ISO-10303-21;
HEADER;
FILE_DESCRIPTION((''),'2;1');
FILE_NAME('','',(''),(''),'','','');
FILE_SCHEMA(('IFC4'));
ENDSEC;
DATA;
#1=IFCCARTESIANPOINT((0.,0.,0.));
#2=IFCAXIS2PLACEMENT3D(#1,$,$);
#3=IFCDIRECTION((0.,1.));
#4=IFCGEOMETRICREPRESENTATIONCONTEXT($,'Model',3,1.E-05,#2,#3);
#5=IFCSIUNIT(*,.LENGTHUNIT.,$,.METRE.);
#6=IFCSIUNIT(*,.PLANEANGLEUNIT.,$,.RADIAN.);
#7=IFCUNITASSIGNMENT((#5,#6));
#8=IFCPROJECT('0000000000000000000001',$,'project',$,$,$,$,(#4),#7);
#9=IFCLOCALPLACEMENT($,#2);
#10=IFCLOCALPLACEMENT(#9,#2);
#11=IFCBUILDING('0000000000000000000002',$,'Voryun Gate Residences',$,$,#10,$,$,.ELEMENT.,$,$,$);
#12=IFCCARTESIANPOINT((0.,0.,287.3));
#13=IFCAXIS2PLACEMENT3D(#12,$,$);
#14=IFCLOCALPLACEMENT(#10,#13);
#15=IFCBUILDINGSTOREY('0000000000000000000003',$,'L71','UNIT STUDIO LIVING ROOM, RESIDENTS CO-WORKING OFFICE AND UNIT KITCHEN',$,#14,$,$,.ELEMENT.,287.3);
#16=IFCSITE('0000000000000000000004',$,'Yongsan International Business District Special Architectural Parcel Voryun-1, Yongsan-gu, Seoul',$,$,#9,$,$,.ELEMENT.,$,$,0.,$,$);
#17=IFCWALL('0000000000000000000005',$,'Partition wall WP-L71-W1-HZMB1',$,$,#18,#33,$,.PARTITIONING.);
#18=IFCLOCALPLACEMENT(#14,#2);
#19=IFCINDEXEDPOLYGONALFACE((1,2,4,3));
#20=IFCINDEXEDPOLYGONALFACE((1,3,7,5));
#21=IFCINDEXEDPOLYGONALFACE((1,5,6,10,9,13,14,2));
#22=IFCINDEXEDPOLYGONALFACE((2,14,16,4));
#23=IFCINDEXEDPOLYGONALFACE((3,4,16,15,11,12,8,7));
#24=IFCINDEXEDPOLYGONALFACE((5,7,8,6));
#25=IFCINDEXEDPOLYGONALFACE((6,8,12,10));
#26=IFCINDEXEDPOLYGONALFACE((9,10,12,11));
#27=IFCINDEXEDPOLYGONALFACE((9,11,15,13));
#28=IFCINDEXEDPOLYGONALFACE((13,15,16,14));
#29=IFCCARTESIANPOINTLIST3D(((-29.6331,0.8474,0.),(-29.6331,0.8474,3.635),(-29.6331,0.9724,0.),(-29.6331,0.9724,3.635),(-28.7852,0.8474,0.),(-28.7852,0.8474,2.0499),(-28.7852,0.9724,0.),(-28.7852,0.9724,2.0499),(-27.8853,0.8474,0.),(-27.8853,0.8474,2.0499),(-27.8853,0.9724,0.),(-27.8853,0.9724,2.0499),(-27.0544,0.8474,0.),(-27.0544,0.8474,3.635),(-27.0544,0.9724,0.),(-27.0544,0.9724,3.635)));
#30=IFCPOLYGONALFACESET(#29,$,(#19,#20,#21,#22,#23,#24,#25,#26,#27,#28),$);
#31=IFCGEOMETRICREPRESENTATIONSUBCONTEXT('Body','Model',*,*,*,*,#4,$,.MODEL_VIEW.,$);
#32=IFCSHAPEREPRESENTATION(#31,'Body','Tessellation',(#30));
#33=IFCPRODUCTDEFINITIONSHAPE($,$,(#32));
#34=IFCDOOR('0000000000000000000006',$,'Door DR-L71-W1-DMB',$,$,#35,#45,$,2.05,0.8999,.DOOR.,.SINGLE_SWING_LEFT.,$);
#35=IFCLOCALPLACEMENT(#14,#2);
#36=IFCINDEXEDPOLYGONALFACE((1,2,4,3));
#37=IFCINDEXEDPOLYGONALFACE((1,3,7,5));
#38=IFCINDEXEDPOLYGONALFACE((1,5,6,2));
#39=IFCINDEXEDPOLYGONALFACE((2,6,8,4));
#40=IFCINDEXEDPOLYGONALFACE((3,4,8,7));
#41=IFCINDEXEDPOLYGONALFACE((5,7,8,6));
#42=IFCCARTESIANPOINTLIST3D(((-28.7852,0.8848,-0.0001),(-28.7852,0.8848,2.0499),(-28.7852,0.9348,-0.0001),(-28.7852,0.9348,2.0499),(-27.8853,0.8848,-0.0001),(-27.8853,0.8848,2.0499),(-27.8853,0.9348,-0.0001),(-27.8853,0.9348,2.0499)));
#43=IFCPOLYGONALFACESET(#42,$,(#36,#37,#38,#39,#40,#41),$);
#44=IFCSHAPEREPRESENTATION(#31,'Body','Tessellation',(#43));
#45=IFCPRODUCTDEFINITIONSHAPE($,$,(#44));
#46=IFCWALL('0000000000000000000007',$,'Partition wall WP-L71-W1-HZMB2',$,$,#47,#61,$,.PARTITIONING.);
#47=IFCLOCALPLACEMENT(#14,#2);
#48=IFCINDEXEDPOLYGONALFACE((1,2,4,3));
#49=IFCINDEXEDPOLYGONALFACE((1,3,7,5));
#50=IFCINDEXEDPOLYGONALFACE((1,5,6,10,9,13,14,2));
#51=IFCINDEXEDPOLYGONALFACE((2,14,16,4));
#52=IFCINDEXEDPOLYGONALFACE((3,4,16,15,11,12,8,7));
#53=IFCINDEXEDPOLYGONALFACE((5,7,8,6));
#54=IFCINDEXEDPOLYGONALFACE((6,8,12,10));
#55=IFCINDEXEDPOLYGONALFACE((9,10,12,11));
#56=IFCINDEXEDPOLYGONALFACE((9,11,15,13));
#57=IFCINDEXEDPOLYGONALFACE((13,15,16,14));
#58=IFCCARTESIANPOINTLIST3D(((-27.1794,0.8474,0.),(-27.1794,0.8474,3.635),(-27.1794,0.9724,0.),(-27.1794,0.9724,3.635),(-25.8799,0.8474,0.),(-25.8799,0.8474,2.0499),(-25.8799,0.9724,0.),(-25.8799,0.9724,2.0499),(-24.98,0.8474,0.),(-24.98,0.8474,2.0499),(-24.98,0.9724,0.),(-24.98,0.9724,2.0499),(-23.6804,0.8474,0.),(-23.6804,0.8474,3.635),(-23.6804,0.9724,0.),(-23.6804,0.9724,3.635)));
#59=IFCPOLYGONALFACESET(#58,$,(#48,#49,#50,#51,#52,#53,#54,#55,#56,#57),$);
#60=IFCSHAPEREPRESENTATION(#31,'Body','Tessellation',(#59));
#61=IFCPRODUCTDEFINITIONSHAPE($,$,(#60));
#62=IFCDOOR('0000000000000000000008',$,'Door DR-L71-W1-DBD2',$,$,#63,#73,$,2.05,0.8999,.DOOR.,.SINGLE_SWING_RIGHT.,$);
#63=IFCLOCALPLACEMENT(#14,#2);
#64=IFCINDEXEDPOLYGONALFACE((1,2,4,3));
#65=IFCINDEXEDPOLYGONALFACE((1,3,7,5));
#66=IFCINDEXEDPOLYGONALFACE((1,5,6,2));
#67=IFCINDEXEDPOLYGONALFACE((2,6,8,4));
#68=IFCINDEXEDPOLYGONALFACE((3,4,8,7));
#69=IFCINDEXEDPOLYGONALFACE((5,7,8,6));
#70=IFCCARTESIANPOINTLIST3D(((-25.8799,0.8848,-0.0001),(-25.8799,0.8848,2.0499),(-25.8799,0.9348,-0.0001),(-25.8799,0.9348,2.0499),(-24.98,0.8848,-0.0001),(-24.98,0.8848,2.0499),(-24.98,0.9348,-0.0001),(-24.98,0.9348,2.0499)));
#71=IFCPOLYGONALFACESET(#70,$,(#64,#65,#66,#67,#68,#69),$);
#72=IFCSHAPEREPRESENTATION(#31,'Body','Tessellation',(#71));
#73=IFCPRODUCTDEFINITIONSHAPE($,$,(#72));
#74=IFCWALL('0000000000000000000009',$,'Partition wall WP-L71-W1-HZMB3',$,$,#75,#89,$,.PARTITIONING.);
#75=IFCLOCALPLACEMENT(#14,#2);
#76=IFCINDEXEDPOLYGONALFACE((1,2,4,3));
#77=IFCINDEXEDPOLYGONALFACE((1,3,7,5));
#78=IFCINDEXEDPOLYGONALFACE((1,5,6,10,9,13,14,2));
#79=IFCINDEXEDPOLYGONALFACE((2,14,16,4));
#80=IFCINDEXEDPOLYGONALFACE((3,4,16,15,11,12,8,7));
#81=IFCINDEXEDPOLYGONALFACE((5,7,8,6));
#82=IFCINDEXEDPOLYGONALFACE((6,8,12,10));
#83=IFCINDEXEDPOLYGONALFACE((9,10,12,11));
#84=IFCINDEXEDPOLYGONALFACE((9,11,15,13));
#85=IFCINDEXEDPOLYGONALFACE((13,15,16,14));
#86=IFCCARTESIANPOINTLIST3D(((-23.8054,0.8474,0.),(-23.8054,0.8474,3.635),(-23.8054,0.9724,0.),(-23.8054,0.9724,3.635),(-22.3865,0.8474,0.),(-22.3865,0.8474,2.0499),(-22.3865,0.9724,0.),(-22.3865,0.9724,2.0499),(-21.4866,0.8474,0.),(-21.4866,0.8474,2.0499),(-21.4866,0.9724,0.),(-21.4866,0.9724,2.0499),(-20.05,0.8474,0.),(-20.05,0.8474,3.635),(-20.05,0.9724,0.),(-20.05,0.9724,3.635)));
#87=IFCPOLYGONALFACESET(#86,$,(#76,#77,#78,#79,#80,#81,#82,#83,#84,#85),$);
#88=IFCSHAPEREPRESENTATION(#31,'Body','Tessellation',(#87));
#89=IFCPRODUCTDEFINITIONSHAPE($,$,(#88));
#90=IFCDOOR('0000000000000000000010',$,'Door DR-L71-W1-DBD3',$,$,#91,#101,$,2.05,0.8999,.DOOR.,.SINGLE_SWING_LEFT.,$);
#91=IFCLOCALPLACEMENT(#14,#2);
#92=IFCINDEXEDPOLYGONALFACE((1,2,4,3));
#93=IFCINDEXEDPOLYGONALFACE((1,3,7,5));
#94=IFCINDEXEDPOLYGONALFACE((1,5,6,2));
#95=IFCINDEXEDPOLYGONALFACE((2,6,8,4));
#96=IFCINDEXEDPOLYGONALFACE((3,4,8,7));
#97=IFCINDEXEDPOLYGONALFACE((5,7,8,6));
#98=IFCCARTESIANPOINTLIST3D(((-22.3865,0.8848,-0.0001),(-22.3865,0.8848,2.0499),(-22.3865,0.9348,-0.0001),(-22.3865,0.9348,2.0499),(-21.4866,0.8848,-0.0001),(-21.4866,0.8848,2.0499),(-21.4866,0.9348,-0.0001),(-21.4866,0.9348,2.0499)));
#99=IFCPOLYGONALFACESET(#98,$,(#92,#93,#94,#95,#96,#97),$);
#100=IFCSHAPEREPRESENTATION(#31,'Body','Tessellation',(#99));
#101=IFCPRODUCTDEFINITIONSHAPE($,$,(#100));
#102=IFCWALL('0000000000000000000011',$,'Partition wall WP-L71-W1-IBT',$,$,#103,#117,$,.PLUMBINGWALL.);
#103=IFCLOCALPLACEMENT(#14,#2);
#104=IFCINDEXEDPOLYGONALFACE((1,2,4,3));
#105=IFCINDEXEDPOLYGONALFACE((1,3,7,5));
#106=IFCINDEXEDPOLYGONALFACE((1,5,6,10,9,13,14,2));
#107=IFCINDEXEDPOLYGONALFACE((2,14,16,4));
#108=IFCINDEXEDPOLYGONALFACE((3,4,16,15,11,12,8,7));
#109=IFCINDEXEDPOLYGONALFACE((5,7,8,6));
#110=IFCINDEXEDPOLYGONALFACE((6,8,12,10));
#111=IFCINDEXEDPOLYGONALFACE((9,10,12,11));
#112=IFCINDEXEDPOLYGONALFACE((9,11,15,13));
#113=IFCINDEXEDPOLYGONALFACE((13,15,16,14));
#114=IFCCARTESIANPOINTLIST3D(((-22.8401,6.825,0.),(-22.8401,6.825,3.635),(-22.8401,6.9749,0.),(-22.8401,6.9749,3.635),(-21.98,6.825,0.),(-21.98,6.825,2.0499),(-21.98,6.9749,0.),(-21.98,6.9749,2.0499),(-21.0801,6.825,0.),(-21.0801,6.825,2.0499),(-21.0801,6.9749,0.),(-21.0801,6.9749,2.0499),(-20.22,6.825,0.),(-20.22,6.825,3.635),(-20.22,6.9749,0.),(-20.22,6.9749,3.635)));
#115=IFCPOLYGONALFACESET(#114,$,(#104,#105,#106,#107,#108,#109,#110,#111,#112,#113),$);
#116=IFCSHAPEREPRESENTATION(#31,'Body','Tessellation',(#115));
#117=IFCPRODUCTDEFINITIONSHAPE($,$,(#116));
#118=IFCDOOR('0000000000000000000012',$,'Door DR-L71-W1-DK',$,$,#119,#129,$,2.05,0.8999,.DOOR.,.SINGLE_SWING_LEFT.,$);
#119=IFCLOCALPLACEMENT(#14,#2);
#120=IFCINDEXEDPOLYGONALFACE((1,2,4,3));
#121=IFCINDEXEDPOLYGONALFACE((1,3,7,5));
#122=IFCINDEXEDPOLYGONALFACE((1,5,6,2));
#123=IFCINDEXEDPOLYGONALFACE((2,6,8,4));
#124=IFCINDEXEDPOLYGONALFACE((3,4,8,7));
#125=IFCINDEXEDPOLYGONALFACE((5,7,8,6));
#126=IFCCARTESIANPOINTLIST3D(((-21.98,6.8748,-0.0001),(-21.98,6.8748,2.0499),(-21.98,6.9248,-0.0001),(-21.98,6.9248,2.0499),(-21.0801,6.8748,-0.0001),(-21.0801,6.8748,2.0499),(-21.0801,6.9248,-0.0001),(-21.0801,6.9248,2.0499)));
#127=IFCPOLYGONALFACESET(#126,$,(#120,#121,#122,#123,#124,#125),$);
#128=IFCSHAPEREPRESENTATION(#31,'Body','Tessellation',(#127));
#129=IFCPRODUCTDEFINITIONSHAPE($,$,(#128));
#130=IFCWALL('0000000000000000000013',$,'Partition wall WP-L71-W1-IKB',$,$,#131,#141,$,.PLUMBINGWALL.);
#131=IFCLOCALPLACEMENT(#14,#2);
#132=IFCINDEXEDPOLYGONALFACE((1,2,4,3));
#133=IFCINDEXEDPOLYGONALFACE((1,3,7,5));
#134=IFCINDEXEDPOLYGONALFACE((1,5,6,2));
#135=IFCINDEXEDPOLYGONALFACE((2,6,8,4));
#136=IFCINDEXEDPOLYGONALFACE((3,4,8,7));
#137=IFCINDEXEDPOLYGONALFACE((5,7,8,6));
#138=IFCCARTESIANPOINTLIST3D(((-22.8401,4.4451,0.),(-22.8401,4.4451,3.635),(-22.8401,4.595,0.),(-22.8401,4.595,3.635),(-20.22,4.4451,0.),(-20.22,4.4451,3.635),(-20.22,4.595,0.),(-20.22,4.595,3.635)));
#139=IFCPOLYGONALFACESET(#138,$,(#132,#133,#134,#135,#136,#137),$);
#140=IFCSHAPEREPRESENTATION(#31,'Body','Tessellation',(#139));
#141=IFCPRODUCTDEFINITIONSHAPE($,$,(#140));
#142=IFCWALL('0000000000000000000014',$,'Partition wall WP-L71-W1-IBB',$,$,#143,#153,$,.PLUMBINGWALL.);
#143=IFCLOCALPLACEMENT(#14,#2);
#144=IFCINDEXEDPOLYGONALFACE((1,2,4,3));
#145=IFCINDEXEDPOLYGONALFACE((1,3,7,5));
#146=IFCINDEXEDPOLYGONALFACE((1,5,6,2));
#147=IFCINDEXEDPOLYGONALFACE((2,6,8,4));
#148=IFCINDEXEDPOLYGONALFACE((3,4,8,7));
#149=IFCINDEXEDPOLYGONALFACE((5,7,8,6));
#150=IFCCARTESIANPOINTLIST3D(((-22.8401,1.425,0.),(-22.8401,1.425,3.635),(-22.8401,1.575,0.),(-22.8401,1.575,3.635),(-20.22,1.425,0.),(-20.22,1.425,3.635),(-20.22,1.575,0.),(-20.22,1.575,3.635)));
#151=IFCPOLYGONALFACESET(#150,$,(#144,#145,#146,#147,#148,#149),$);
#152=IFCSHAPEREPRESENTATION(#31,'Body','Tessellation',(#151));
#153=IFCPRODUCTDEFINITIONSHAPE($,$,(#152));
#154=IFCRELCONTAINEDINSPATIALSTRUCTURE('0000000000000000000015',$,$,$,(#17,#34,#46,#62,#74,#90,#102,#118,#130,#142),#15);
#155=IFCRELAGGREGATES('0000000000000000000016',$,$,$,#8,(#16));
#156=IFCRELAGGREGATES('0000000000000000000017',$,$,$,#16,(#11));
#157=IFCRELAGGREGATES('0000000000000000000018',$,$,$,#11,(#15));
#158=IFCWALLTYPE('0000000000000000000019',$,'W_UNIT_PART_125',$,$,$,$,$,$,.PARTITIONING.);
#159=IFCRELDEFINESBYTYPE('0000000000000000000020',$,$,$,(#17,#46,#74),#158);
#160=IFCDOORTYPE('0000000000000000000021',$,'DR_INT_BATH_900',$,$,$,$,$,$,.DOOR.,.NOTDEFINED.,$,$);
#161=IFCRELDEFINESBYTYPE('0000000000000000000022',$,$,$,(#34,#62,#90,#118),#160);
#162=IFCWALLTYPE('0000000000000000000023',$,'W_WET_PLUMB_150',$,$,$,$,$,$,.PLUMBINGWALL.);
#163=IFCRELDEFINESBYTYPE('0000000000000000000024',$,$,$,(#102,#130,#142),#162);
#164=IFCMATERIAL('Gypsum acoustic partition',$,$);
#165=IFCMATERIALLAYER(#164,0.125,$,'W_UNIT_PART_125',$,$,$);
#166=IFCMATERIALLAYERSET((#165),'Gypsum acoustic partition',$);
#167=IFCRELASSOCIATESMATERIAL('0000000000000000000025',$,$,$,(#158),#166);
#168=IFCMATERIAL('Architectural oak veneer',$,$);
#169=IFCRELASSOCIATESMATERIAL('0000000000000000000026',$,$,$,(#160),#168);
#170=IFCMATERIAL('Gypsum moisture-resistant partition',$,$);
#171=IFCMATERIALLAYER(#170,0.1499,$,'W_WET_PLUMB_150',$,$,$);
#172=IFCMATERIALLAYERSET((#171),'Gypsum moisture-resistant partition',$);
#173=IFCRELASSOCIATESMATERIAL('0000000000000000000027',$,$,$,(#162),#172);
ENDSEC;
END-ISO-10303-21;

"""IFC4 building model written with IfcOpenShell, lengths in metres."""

from ifc_helpers import new_model, si_unit, direction, frame, frame_2d, origin, place, context, subcontext, project, spatial, rectangle, extrude, material, layer, layer_set, type_object, element, fill, save


model = new_model("IFC4")

# Units and contexts
model_context = context("Model", 3, precision=1e-05, world=origin(), true_north=direction((0.0, 1.0)))
body_context = subcontext(model_context, "Body", "Model", "MODEL_VIEW")
ifc_project = project(units=[si_unit("LENGTHUNIT", "METRE"), si_unit("PLANEANGLEUNIT", "RADIAN")], contexts=[model_context])

# Site, building, storey
site_placement = place(None, origin())
site = spatial("IfcSite", under=ifc_project, at=site_placement, Name="Yongsan International Business District Special Architectural Parcel Voryun-1, Yongsan-gu, Seoul", CompositionType="ELEMENT", RefElevation=0.0)
building_placement = place(site_placement, origin())
building = spatial("IfcBuilding", under=site, at=building_placement, Name="Voryun Gate Residences", CompositionType="ELEMENT")
storey_placement = place(building_placement, frame((0.0, 0.0, 287.3)))
storey = spatial("IfcBuildingStorey", under=building, at=storey_placement, Name="L71", Description="UNIT STUDIO LIVING ROOM, RESIDENTS CO-WORKING OFFICE AND UNIT KITCHEN", CompositionType="ELEMENT", Elevation=287.3)

# Walls, openings, doors
ifc_material_1 = material(Name="Gypsum acoustic partition")
ifc_layer_1 = layer(ifc_material_1, 0.125, Name="W_UNIT_PART_125")
ifc_layer_set_1 = layer_set([ifc_layer_1], Name="Gypsum acoustic partition")
wall_type_1 = type_object("IfcWallType", Name="W_UNIT_PART_125", PredefinedType="PARTITIONING", material=ifc_layer_set_1)
wall_1_placement = place(storey_placement, frame((-29.6331, 0.9099, 0.0), z_axis=(0.0, 0.0, 1.0), x_axis=(1.0, 0.0, 0.0)))
wall_1 = element("IfcWall", 1, at=wall_1_placement, inside=storey, type_object=wall_type_1, Name="Partition wall WP-L71-W1-HZMB1", PredefinedType="PARTITIONING", context=body_context, shape_type="SweptSolid", body=[
    extrude(rectangle(XDim=2.5786, YDim=0.125, at=frame_2d((1.2893, 0.0))), origin(), (0.0, 0.0, 1.0), 3.635),
])
opening_1_placement = place(wall_1_placement, frame((0.8479, 0.0, 0.0)))
opening_1 = element("IfcOpeningElement", 2, at=opening_1_placement, cuts=wall_1, PredefinedType="OPENING", context=body_context, shape_type="SweptSolid", body=[
    extrude(rectangle(XDim=0.8999, YDim=2.05, at=frame_2d((0.45, 1.0249))), frame((0.0, 0.0725, 0.0), z_axis=(0.0, -1.0, 0.0), x_axis=(1.0, 0.0, 0.0)), (0.0, 0.0, 1.0), 0.145),
])
ifc_material_2 = material(Name="Architectural oak veneer")
door_type_1 = type_object("IfcDoorType", Name="DR_INT_BATH_900", OperationType="NOTDEFINED", PredefinedType="DOOR", material=ifc_material_2)
door_1_placement = place(opening_1_placement, origin())
door_1 = element("IfcDoor", 3, at=door_1_placement, inside=storey, type_object=door_type_1, Name="Door DR-L71-W1-DMB", OperationType="SINGLE_SWING_LEFT", OverallHeight=2.05, OverallWidth=0.8999, PredefinedType="DOOR", context=body_context, shape_type="SweptSolid", body=[
    extrude(rectangle(XDim=0.8999, YDim=2.05, at=frame_2d((0.45, 1.0249))), frame((0.0, 0.0249, 0.0), z_axis=(0.0, -1.0, 0.0), x_axis=(1.0, 0.0, 0.0)), (0.0, 0.0, 1.0), 0.05),
])
fill(opening_1, door_1)
wall_2_placement = place(storey_placement, frame((-27.1794, 0.9099, 0.0), z_axis=(0.0, 0.0, 1.0), x_axis=(1.0, 0.0, 0.0)))
wall_2 = element("IfcWall", 4, at=wall_2_placement, inside=storey, type_object=wall_type_1, Name="Partition wall WP-L71-W1-HZMB2", PredefinedType="PARTITIONING", context=body_context, shape_type="SweptSolid", body=[
    extrude(rectangle(XDim=3.499, YDim=0.125, at=frame_2d((1.7495, 0.0))), origin(), (0.0, 0.0, 1.0), 3.635),
])
opening_2_placement = place(wall_2_placement, frame((1.2996, 0.0, 0.0)))
opening_2 = element("IfcOpeningElement", 5, at=opening_2_placement, cuts=wall_2, PredefinedType="OPENING", context=body_context, shape_type="SweptSolid", body=[
    extrude(rectangle(XDim=0.8999, YDim=2.05, at=frame_2d((0.45, 1.0249))), frame((0.0, 0.0725, 0.0), z_axis=(0.0, -1.0, 0.0), x_axis=(1.0, 0.0, 0.0)), (0.0, 0.0, 1.0), 0.145),
])
door_2_placement = place(opening_2_placement, origin())
door_2 = element("IfcDoor", 6, at=door_2_placement, inside=storey, type_object=door_type_1, Name="Door DR-L71-W1-DBD2", OperationType="SINGLE_SWING_RIGHT", OverallHeight=2.05, OverallWidth=0.8999, PredefinedType="DOOR", context=body_context, shape_type="SweptSolid", body=[
    extrude(rectangle(XDim=0.8999, YDim=2.05, at=frame_2d((0.45, 1.0249))), frame((0.0, 0.0249, 0.0), z_axis=(0.0, -1.0, 0.0), x_axis=(1.0, 0.0, 0.0)), (0.0, 0.0, 1.0), 0.05),
])
fill(opening_2, door_2)
wall_3_placement = place(storey_placement, frame((-23.8054, 0.9099, 0.0), z_axis=(0.0, 0.0, 1.0), x_axis=(1.0, 0.0, 0.0)))
wall_3 = element("IfcWall", 7, at=wall_3_placement, inside=storey, type_object=wall_type_1, Name="Partition wall WP-L71-W1-HZMB3", PredefinedType="PARTITIONING", context=body_context, shape_type="SweptSolid", body=[
    extrude(rectangle(XDim=3.7554, YDim=0.125, at=frame_2d((1.8777, 0.0))), origin(), (0.0, 0.0, 1.0), 3.635),
])
opening_3_placement = place(wall_3_placement, frame((1.4189, 0.0, 0.0)))
opening_3 = element("IfcOpeningElement", 8, at=opening_3_placement, cuts=wall_3, PredefinedType="OPENING", context=body_context, shape_type="SweptSolid", body=[
    extrude(rectangle(XDim=0.8999, YDim=2.05, at=frame_2d((0.45, 1.0249))), frame((0.0, 0.0725, 0.0), z_axis=(0.0, -1.0, 0.0), x_axis=(1.0, 0.0, 0.0)), (0.0, 0.0, 1.0), 0.145),
])
door_3_placement = place(opening_3_placement, origin())
door_3 = element("IfcDoor", 9, at=door_3_placement, inside=storey, type_object=door_type_1, Name="Door DR-L71-W1-DBD3", OperationType="SINGLE_SWING_LEFT", OverallHeight=2.05, OverallWidth=0.8999, PredefinedType="DOOR", context=body_context, shape_type="SweptSolid", body=[
    extrude(rectangle(XDim=0.8999, YDim=2.05, at=frame_2d((0.45, 1.0249))), frame((0.0, 0.0249, 0.0), z_axis=(0.0, -1.0, 0.0), x_axis=(1.0, 0.0, 0.0)), (0.0, 0.0, 1.0), 0.05),
])
fill(opening_3, door_3)
ifc_material_3 = material(Name="Gypsum moisture-resistant partition")
ifc_layer_2 = layer(ifc_material_3, 0.1499, Name="W_WET_PLUMB_150")
ifc_layer_set_2 = layer_set([ifc_layer_2], Name="Gypsum moisture-resistant partition")
wall_type_2 = type_object("IfcWallType", Name="W_WET_PLUMB_150", PredefinedType="PLUMBINGWALL", material=ifc_layer_set_2)
wall_4_placement = place(storey_placement, frame((-22.8401, 6.8999, 0.0), z_axis=(0.0, 0.0, 1.0), x_axis=(1.0, 0.0, 0.0)))
wall_4 = element("IfcWall", 10, at=wall_4_placement, inside=storey, type_object=wall_type_2, Name="Partition wall WP-L71-W1-IBT", PredefinedType="PLUMBINGWALL", context=body_context, shape_type="SweptSolid", body=[
    extrude(rectangle(XDim=2.6201, YDim=0.1499, at=frame_2d((1.3101, 0.0))), origin(), (0.0, 0.0, 1.0), 3.635),
])
opening_4_placement = place(wall_4_placement, frame((0.8601, 0.0, 0.0)))
opening_4 = element("IfcOpeningElement", 11, at=opening_4_placement, cuts=wall_4, PredefinedType="OPENING", context=body_context, shape_type="SweptSolid", body=[
    extrude(rectangle(XDim=0.8999, YDim=2.05, at=frame_2d((0.45, 1.0249))), frame((0.0, 0.085, 0.0), z_axis=(0.0, -1.0, 0.0), x_axis=(1.0, 0.0, 0.0)), (0.0, 0.0, 1.0), 0.1699),
])
door_4_placement = place(opening_4_placement, origin())
door_4 = element("IfcDoor", 12, at=door_4_placement, inside=storey, type_object=door_type_1, Name="Door DR-L71-W1-DK", OperationType="SINGLE_SWING_LEFT", OverallHeight=2.05, OverallWidth=0.8999, PredefinedType="DOOR", context=body_context, shape_type="SweptSolid", body=[
    extrude(rectangle(XDim=0.8999, YDim=2.05, at=frame_2d((0.45, 1.0249))), frame((0.0, 0.0249, 0.0), z_axis=(0.0, -1.0, 0.0), x_axis=(1.0, 0.0, 0.0)), (0.0, 0.0, 1.0), 0.05),
])
fill(opening_4, door_4)

# Walls
for number, where, z_axis, x_axis, name in (
    (13, (-22.8401, 4.52, 0.0), (0.0, 0.0, 1.0), (1.0, 0.0, 0.0), "Partition wall WP-L71-W1-IKB"),
    (14, (-22.8401, 1.5, 0.0), (0.0, 0.0, 1.0), (1.0, 0.0, 0.0), "Partition wall WP-L71-W1-IBB"),
):
    element("IfcWall", number, at=place(storey_placement, frame(where, z_axis=z_axis, x_axis=x_axis)), inside=storey, type_object=wall_type_2, Name=name, PredefinedType="PLUMBINGWALL", context=body_context, shape_type="SweptSolid", body=[
        extrude(rectangle(XDim=2.6201, YDim=0.1499, at=frame_2d((1.3101, 0.0))), origin(), (0.0, 0.0, 1.0), 3.635),
    ])

save(model, "model.ifc")
